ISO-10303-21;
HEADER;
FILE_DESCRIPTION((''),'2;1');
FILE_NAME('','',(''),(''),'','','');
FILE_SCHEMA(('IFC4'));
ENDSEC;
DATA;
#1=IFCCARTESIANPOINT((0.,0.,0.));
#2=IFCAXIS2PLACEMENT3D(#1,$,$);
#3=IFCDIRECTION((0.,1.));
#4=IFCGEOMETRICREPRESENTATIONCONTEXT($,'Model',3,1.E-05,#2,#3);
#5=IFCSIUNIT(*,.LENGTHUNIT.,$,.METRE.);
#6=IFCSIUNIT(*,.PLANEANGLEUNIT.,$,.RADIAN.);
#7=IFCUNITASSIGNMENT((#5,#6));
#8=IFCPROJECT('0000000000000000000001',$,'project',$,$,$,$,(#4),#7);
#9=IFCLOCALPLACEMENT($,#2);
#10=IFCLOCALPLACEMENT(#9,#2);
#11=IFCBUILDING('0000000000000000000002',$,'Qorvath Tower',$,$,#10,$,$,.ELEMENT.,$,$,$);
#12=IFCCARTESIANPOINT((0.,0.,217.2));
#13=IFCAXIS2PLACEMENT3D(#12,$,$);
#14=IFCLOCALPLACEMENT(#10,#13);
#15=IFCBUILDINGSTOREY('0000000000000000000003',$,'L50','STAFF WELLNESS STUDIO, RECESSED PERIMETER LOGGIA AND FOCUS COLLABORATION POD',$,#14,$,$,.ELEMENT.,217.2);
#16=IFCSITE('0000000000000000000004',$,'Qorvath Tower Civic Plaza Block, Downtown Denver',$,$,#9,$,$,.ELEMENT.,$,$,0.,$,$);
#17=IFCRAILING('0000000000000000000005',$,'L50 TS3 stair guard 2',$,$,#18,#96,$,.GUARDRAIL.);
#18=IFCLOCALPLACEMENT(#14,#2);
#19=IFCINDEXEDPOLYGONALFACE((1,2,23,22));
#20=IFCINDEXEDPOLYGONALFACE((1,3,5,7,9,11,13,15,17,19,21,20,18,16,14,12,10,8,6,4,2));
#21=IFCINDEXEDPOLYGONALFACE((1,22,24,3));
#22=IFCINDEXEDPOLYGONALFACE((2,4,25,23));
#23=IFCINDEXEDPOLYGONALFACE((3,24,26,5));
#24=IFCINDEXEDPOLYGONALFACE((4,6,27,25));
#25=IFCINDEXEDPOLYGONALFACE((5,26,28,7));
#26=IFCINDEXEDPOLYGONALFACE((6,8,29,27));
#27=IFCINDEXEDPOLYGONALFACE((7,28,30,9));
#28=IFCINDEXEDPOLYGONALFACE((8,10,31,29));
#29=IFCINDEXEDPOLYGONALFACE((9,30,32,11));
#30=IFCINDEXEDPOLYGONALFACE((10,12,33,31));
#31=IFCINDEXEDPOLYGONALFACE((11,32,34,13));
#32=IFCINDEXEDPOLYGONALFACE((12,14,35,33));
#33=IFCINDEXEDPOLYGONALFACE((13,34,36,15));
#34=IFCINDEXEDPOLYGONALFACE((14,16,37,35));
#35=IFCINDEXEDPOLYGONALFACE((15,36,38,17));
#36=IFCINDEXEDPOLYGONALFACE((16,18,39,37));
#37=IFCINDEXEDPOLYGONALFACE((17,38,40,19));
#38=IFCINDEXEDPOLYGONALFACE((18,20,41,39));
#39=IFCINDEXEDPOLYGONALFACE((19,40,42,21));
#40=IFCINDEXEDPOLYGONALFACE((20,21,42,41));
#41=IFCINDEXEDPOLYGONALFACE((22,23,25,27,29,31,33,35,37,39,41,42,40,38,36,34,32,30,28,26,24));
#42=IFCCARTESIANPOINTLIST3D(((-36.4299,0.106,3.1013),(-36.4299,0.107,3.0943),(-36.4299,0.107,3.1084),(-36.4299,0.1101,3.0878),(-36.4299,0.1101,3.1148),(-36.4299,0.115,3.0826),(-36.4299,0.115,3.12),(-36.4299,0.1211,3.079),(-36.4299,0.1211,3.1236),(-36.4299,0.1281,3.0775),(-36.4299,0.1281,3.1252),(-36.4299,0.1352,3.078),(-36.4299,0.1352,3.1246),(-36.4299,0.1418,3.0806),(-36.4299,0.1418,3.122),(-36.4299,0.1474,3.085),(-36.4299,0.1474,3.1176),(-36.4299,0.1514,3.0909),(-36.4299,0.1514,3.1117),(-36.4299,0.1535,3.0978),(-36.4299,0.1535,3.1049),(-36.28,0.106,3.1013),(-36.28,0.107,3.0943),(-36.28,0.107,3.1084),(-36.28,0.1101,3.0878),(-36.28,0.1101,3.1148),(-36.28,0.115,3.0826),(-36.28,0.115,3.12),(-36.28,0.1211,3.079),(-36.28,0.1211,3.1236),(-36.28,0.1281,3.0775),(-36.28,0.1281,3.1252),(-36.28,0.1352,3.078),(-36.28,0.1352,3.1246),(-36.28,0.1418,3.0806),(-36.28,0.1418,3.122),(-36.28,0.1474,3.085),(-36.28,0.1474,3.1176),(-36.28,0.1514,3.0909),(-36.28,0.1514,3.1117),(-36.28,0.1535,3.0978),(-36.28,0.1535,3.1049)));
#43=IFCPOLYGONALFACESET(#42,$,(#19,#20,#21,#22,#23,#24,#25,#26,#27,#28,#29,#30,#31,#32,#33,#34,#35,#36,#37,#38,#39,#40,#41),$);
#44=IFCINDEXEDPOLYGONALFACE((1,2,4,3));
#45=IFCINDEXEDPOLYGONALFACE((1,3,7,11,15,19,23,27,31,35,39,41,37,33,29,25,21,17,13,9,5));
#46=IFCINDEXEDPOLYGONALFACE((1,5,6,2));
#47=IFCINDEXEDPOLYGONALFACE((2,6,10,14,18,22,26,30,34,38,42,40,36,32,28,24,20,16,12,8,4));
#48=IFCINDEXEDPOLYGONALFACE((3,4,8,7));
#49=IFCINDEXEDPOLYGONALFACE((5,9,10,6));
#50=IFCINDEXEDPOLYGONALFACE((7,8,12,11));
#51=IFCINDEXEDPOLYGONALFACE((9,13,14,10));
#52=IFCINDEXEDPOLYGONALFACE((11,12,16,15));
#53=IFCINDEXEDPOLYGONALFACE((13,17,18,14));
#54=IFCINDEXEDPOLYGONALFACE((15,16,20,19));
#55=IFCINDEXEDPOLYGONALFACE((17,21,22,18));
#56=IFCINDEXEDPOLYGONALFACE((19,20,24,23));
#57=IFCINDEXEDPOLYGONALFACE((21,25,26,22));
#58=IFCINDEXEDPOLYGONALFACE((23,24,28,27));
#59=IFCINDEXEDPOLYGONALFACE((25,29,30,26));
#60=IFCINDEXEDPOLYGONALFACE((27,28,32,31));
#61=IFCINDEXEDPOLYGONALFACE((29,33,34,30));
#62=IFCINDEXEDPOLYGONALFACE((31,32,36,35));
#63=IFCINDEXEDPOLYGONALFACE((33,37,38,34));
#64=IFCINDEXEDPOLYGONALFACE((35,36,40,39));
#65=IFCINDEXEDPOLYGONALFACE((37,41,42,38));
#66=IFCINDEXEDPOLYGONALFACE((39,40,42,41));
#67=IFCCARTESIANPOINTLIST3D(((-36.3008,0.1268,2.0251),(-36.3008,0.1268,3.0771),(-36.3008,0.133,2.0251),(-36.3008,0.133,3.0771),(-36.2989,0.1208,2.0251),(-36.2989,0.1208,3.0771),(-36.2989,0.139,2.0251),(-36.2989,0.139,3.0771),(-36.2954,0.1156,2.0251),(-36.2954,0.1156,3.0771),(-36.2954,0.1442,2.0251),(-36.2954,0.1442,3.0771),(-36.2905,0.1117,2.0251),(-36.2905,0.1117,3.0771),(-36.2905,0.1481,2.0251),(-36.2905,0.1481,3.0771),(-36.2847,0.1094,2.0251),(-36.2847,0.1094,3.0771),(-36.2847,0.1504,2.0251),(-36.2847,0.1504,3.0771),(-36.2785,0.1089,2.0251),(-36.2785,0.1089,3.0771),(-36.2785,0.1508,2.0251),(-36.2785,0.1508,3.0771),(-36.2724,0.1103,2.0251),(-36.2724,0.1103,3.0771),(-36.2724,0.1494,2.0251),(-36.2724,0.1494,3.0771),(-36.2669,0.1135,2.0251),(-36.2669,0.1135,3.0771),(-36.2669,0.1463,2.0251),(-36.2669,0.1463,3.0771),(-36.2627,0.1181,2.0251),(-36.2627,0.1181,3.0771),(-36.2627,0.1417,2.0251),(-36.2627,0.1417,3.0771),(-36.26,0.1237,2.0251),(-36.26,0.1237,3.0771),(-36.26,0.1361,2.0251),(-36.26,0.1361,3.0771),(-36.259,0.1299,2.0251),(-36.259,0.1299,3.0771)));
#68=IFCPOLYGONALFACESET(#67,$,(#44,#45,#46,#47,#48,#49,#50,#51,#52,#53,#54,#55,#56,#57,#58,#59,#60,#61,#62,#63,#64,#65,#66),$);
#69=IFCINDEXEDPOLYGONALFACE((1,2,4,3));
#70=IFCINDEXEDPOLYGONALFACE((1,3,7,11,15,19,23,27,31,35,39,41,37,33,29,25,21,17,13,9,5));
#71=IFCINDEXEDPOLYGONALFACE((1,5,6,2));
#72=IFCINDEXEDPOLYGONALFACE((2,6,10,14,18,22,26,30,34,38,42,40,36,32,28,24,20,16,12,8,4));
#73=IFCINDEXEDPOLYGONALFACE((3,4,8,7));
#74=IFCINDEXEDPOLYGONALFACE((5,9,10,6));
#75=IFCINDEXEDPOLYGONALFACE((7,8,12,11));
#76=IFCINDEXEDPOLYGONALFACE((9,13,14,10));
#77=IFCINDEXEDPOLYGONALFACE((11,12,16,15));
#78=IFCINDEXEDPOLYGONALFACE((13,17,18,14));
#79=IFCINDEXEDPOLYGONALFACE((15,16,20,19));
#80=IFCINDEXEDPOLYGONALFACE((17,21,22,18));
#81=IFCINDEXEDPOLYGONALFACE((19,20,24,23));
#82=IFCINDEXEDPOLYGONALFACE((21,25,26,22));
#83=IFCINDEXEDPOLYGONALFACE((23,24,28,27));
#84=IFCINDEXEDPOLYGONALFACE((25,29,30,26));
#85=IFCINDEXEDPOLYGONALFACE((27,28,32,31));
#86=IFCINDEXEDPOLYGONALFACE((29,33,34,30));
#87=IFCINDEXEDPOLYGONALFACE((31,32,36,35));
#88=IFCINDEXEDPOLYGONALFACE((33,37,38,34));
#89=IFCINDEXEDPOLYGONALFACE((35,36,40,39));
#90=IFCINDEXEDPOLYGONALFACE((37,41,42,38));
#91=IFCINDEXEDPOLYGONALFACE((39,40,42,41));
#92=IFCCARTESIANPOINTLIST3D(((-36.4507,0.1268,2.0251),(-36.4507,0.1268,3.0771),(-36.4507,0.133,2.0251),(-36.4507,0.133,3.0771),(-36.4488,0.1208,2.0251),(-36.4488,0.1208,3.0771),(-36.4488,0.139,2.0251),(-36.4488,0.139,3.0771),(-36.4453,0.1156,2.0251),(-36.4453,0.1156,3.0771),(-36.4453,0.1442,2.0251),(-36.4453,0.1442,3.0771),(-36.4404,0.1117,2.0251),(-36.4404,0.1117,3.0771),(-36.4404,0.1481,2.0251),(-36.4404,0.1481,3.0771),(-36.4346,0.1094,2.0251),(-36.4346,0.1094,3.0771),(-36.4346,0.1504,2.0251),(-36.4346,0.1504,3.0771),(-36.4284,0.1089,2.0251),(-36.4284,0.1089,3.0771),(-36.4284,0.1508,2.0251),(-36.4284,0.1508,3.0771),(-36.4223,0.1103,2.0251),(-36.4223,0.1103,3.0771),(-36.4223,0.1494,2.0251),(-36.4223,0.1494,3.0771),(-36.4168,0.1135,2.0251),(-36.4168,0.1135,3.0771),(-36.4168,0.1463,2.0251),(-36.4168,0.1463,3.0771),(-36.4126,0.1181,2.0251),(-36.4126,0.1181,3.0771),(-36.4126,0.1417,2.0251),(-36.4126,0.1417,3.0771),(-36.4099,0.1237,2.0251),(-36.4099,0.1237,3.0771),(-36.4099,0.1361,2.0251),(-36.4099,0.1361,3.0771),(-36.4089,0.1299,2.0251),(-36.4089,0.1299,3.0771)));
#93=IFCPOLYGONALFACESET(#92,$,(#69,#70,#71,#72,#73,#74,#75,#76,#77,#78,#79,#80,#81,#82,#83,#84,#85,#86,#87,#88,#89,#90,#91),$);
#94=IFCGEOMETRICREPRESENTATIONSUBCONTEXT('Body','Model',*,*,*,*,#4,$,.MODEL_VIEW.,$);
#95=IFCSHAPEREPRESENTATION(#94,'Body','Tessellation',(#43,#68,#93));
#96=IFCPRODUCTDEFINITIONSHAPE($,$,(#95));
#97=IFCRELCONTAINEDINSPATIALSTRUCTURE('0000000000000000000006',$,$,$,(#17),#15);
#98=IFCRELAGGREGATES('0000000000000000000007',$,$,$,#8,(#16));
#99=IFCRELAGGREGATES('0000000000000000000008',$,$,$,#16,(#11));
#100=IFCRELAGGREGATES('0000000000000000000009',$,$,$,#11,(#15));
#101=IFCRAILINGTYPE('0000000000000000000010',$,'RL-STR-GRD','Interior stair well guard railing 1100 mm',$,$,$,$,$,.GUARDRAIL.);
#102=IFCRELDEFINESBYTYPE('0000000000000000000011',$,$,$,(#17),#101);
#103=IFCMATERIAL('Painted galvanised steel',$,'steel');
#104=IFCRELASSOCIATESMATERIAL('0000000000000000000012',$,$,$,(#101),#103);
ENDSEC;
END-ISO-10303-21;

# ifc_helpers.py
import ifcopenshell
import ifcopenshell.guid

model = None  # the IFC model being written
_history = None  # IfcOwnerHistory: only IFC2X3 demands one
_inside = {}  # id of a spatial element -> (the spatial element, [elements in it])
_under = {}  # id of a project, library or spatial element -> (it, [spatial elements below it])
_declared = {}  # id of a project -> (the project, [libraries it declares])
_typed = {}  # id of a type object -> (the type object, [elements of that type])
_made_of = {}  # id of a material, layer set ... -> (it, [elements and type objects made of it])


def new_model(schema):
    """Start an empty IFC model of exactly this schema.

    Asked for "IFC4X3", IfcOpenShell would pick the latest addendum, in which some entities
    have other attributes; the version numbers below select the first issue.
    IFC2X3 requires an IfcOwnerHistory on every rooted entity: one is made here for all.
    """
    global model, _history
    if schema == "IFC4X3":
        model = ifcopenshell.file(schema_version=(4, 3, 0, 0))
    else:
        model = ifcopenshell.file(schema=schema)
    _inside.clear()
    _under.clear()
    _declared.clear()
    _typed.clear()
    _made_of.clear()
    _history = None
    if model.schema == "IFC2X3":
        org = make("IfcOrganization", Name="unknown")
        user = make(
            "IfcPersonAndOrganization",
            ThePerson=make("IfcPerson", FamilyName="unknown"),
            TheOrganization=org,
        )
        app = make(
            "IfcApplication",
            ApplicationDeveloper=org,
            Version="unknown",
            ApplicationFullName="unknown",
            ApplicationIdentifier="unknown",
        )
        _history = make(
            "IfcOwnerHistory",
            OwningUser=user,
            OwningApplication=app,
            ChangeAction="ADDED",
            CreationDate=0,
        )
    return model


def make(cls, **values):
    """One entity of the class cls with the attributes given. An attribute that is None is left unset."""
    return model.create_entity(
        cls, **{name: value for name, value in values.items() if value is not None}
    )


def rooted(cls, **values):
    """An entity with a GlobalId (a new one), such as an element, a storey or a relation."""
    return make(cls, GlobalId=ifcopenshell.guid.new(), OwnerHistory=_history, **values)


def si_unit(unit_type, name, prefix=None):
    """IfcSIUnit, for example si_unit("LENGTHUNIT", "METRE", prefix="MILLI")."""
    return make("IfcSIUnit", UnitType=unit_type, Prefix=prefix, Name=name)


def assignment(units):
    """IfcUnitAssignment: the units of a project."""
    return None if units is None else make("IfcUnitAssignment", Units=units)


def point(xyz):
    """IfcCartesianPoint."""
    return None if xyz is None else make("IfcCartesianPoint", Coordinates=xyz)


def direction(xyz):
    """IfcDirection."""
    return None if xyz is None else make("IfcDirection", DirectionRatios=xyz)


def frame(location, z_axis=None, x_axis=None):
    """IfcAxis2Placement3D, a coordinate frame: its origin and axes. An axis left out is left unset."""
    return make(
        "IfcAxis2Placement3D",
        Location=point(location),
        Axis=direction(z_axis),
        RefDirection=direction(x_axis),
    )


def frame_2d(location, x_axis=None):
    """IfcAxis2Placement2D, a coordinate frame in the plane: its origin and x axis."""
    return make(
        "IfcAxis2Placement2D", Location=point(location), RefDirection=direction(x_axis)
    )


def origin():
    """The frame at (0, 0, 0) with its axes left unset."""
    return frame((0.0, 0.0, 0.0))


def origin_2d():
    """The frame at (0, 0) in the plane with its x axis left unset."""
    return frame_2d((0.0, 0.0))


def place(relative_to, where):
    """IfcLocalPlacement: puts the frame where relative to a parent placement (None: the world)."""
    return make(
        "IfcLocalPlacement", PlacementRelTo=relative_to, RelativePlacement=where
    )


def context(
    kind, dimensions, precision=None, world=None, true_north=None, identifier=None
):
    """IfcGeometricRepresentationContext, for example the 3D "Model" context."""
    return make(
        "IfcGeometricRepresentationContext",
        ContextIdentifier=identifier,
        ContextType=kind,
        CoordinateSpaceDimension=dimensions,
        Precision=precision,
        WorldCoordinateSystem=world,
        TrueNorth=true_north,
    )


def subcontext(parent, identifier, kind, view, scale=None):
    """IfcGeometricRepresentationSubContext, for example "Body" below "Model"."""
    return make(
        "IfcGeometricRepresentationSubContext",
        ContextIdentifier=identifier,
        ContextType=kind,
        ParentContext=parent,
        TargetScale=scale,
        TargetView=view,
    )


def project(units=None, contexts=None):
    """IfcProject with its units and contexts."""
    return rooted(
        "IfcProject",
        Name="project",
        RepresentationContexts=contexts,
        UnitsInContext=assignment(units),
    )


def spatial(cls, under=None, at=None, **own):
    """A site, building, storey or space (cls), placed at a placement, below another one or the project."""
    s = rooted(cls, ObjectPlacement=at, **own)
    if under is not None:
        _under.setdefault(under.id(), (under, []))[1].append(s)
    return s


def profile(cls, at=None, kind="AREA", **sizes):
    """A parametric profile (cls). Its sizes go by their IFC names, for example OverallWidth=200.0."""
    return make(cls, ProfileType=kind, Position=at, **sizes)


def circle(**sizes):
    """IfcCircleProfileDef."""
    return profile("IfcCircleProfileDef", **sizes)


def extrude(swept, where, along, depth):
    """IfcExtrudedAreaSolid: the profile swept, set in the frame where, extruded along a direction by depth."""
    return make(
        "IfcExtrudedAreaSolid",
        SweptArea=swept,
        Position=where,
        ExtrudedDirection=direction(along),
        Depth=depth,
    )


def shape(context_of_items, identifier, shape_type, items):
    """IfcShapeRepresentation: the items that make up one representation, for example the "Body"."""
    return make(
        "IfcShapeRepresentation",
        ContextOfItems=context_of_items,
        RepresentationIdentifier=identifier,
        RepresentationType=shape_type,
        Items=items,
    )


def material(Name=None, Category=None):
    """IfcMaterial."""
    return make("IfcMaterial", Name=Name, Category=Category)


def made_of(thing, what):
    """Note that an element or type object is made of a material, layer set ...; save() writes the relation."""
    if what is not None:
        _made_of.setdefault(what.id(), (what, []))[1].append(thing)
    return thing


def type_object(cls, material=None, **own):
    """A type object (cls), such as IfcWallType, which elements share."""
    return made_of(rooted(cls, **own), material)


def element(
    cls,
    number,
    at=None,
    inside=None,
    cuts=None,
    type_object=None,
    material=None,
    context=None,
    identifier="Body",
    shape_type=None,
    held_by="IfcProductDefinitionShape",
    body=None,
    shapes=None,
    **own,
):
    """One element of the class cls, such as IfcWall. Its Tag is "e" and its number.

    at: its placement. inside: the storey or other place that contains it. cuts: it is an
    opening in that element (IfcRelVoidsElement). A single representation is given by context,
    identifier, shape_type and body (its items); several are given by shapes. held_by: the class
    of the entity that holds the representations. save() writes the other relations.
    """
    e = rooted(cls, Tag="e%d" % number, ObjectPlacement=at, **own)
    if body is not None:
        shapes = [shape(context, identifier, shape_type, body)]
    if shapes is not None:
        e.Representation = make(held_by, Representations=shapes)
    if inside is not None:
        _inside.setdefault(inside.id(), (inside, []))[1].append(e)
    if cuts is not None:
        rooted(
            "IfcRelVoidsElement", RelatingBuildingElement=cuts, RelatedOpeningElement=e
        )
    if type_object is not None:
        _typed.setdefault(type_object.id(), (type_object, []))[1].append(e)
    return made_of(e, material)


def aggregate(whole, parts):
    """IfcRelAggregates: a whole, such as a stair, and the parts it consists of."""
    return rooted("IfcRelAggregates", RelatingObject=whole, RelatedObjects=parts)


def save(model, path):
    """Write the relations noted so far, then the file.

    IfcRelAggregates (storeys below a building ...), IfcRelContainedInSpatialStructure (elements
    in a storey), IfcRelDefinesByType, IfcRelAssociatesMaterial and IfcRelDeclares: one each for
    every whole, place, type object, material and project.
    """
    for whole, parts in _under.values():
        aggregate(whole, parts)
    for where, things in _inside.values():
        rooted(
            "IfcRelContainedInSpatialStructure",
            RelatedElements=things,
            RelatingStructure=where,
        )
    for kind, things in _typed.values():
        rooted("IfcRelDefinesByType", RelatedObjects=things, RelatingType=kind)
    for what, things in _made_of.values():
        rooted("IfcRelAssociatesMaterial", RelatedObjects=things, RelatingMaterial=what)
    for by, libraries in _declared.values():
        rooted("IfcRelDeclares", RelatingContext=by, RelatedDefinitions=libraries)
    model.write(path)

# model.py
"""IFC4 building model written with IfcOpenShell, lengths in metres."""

from ifc_helpers import new_model, si_unit, direction, frame, origin, origin_2d, place, context, subcontext, project, spatial, circle, extrude, material, type_object, element, save


model = new_model("IFC4")

# Units and contexts
model_context = context("Model", 3, precision=1e-05, world=origin(), true_north=direction((0.0, 1.0)))
body_context = subcontext(model_context, "Body", "Model", "MODEL_VIEW")
ifc_project = project(units=[si_unit("LENGTHUNIT", "METRE"), si_unit("PLANEANGLEUNIT", "RADIAN")], contexts=[model_context])

# Site, building, storey
site_placement = place(None, origin())
site = spatial("IfcSite", under=ifc_project, at=site_placement, Name="Qorvath Tower Civic Plaza Block, Downtown Denver", CompositionType="ELEMENT", RefElevation=0.0)
building_placement = place(site_placement, origin())
building = spatial("IfcBuilding", under=site, at=building_placement, Name="Qorvath Tower", CompositionType="ELEMENT")
storey_placement = place(building_placement, frame((0.0, 0.0, 217.2)))
storey = spatial("IfcBuildingStorey", under=building, at=storey_placement, Name="L50", Description="STAFF WELLNESS STUDIO, RECESSED PERIMETER LOGGIA AND FOCUS COLLABORATION POD", CompositionType="ELEMENT", Elevation=217.2)

# Railing
ifc_material_1 = material(Name="Painted galvanised steel", Category="steel")
railing_type = type_object("IfcRailingType", Name="RL-STR-GRD", Description="Interior stair well guard railing 1100 mm", PredefinedType="GUARDRAIL", material=ifc_material_1)
railing_1_placement = place(storey_placement, frame((-36.28, 0.1299, 2.0251)))
element("IfcRailing", 1, at=railing_1_placement, inside=storey, type_object=railing_type, Name="L50 TS3 stair guard 2", PredefinedType="GUARDRAIL", context=body_context, shape_type="SweptSolid", body=[
    extrude(circle(Radius=0.0239, at=origin_2d()), frame((0.0, 0.0, 1.0762), z_axis=(-1.0, 0.0, 0.0), x_axis=(0.0, -1.0, 0.0)), (0.0, 0.0, 1.0), 0.1499),
    extrude(circle(Radius=0.021, at=origin_2d()), origin(), (0.0, 0.0, 1.0), 1.052),
    extrude(circle(Radius=0.021, at=origin_2d()), frame((-0.1499, 0.0, 0.0)), (0.0, 0.0, 1.0), 1.052),
])

save(model, "model.ifc")
